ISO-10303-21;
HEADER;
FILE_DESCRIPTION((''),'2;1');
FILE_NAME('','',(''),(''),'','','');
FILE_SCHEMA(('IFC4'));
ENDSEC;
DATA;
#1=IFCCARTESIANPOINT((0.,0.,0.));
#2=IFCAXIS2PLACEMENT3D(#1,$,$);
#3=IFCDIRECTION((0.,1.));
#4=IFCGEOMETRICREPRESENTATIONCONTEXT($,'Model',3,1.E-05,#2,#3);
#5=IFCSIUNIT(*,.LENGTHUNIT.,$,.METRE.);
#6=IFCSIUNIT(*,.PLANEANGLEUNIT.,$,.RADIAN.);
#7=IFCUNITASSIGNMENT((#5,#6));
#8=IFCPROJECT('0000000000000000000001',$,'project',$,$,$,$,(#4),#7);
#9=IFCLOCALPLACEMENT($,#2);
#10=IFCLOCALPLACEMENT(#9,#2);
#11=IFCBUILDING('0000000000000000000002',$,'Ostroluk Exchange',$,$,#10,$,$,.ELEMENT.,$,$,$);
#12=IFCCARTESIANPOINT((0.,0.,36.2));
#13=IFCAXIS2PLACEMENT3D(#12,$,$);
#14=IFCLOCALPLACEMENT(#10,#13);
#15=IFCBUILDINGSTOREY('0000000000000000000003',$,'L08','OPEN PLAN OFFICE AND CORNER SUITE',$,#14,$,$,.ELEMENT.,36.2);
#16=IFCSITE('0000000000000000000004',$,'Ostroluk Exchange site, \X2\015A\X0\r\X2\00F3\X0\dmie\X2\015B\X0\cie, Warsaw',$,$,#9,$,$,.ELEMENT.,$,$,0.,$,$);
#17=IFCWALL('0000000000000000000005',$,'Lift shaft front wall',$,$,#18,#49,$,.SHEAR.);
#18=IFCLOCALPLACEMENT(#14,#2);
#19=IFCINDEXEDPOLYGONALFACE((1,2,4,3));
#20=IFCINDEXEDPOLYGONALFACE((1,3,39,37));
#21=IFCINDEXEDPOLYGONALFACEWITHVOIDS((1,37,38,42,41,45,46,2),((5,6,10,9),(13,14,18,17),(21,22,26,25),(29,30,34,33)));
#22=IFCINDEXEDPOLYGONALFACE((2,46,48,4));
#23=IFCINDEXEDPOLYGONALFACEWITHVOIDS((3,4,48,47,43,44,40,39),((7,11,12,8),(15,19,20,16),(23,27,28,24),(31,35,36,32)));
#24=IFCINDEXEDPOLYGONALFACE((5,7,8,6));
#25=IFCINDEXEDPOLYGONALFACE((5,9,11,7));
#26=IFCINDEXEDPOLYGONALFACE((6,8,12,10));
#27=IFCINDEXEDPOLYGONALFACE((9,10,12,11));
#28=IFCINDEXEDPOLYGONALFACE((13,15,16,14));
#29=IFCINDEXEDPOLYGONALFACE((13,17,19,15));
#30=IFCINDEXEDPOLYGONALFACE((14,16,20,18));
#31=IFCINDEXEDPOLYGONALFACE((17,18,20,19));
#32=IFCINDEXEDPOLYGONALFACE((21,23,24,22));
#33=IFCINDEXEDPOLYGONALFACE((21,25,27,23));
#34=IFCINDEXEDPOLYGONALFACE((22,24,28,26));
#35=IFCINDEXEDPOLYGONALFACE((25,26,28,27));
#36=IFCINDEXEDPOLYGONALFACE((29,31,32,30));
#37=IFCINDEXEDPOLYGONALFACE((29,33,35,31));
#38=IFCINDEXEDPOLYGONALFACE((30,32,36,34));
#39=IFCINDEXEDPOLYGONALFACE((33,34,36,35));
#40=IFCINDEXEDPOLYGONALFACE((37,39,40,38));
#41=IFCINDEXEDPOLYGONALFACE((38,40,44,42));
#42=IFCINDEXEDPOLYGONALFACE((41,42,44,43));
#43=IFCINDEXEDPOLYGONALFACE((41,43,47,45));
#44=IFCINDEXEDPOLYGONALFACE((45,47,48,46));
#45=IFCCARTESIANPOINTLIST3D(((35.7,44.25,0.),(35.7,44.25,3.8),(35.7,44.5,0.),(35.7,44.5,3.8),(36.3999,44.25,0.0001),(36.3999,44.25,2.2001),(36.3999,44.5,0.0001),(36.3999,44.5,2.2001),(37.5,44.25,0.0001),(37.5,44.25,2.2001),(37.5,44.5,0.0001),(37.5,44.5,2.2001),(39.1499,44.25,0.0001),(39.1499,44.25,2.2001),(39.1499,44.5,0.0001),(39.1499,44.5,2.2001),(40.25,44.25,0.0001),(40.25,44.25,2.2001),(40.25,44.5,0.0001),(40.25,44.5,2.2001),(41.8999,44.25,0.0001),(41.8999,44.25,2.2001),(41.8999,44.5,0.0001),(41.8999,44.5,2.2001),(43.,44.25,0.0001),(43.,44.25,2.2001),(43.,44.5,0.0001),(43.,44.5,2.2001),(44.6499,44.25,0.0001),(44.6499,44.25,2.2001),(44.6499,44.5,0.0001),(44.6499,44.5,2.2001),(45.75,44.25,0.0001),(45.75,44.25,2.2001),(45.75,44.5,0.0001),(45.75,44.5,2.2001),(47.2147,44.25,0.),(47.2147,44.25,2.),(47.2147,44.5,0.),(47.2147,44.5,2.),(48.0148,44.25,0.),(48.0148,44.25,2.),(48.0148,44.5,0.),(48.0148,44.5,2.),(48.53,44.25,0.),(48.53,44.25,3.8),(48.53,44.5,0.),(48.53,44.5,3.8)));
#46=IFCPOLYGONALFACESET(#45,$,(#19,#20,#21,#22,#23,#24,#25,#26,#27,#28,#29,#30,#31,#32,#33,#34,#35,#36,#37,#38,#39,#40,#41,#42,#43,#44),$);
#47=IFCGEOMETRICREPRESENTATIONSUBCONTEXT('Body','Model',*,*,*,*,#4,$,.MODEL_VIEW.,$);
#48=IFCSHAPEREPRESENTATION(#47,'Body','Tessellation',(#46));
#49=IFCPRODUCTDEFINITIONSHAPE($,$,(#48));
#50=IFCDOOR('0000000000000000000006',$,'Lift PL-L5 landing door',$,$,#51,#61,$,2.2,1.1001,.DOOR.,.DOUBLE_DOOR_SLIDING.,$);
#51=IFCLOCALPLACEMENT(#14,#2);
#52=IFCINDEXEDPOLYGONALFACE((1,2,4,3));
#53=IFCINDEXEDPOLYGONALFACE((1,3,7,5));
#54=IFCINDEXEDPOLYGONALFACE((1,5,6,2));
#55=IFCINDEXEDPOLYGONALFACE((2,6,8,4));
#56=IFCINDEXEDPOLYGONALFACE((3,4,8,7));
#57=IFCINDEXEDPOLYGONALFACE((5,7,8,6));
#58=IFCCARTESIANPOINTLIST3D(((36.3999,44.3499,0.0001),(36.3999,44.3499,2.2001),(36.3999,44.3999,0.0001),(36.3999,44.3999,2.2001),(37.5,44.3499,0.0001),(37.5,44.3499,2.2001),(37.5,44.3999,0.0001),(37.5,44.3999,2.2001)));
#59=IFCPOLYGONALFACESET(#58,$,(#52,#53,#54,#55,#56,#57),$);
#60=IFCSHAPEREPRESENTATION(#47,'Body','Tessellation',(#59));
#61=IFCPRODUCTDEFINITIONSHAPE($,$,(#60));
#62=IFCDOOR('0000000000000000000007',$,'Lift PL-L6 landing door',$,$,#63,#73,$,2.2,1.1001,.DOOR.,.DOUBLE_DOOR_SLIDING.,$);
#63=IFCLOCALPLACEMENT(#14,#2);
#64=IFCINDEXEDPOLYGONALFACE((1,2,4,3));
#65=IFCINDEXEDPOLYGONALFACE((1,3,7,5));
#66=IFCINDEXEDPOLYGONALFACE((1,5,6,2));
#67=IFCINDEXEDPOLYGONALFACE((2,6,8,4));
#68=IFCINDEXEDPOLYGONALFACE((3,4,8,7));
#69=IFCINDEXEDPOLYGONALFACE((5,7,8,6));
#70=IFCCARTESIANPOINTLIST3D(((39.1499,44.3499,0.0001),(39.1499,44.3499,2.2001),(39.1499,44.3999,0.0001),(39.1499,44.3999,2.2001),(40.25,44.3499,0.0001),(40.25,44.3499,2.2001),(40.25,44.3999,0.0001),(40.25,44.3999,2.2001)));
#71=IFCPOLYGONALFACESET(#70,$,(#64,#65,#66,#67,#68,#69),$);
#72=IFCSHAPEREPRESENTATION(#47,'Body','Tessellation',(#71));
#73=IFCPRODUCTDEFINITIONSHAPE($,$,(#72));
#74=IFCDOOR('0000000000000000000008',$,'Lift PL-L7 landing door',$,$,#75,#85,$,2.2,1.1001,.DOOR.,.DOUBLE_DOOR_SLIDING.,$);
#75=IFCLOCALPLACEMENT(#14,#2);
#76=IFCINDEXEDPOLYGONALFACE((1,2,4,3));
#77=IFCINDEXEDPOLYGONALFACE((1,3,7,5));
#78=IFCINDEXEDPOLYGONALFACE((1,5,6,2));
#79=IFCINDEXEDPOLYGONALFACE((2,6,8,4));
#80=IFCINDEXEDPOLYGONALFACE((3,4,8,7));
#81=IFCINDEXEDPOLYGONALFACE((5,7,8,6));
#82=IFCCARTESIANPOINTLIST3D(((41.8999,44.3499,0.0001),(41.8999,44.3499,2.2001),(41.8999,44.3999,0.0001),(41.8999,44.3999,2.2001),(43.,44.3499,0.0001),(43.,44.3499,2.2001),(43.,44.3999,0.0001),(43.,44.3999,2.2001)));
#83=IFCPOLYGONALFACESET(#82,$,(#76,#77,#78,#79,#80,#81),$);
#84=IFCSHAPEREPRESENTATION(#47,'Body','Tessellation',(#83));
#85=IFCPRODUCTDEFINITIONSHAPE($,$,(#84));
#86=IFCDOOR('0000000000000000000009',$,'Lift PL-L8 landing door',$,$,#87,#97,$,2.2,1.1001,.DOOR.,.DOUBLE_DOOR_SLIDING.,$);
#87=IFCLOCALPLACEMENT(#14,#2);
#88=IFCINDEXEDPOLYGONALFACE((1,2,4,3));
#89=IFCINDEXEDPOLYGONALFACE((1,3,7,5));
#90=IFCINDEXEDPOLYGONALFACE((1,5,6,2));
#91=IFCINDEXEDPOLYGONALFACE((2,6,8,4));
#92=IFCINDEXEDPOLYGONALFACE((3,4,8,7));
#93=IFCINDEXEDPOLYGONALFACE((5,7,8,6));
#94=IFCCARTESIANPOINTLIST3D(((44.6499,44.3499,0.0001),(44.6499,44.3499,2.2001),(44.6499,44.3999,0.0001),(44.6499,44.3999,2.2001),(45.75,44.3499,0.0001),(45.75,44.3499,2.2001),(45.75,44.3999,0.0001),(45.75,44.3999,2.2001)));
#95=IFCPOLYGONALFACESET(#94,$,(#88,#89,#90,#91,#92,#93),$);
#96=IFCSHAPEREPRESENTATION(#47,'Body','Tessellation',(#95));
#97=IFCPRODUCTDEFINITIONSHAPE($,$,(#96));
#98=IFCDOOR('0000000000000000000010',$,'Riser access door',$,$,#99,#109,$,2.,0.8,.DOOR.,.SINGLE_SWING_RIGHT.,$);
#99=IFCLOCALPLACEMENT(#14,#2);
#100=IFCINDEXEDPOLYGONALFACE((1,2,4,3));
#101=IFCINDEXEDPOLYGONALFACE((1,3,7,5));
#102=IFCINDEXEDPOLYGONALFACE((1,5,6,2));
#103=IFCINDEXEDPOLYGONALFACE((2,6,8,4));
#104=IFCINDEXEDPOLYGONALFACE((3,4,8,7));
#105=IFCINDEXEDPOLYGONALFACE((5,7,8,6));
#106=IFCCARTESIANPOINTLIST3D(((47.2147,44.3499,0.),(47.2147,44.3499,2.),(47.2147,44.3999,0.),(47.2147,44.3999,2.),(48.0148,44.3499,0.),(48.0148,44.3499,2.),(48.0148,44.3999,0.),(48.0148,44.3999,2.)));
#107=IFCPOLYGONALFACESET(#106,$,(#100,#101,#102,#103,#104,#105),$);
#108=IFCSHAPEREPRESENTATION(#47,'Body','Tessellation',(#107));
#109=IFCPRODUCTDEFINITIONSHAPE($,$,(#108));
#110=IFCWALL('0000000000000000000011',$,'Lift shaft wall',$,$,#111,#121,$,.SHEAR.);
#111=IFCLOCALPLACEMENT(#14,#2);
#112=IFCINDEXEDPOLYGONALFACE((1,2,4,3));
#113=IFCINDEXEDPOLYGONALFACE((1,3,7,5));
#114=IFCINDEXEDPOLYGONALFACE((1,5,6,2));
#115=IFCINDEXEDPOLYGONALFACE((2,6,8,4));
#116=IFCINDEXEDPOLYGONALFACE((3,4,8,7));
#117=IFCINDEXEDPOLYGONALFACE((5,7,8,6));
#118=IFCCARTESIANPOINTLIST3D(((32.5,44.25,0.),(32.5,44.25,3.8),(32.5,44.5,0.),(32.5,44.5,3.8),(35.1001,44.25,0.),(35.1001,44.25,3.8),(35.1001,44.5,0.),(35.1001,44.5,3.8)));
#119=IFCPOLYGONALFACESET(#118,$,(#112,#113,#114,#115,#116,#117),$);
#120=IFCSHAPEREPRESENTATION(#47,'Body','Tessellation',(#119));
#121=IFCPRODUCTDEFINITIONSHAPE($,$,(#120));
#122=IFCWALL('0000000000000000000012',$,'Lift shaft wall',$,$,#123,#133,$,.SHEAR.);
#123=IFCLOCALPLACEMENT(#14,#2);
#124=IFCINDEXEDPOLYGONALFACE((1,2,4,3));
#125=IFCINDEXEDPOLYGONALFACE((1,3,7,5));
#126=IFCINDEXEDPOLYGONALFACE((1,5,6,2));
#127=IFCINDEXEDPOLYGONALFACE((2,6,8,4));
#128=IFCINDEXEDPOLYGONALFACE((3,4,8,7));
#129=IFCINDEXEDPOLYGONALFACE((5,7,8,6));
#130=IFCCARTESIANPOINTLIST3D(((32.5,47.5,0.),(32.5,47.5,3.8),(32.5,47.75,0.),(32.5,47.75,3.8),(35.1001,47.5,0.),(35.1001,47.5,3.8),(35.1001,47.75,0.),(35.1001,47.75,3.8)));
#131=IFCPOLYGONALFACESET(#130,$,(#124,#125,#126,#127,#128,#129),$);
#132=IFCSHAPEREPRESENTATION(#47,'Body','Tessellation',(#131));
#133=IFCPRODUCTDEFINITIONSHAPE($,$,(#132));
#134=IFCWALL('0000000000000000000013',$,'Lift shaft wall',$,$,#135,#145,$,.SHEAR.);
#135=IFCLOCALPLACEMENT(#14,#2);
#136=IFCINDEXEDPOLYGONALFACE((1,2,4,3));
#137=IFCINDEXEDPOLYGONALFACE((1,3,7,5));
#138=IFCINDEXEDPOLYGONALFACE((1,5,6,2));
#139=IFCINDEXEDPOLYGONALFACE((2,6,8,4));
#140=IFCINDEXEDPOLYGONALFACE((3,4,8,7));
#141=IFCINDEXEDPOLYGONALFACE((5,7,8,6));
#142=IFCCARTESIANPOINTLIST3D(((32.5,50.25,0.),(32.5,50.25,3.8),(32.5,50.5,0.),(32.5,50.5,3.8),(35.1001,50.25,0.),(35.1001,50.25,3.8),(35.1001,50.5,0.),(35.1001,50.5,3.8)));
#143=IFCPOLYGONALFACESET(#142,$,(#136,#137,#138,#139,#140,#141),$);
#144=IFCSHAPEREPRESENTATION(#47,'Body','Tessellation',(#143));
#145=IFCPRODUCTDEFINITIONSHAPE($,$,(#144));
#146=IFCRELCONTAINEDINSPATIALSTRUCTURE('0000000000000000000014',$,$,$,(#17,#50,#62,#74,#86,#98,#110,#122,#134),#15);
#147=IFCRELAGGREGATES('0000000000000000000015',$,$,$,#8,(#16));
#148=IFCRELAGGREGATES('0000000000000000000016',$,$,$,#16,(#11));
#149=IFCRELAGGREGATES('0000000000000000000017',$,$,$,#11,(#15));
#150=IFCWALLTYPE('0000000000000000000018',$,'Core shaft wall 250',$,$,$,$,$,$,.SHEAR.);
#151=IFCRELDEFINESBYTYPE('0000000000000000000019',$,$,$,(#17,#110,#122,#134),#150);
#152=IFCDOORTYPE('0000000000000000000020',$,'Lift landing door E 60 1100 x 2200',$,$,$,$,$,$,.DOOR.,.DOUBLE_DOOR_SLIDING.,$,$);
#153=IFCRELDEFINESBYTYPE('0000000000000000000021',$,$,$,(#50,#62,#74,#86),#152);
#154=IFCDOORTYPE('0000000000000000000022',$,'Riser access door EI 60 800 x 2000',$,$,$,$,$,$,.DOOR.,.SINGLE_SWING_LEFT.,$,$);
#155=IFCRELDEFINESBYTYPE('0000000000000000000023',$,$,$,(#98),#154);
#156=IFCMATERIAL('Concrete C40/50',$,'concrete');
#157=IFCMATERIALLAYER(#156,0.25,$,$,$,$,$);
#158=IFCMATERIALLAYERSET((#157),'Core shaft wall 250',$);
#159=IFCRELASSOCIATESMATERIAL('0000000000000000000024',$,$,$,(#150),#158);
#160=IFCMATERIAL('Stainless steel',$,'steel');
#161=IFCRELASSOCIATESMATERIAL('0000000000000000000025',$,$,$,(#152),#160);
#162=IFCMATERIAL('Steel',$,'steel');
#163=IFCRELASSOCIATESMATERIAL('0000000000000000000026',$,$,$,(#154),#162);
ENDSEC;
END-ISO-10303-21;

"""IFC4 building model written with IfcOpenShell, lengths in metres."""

from ifc_helpers import new_model, si_unit, direction, frame, frame_2d, origin, place, context, subcontext, project, spatial, rectangle, extrude, material, layer, layer_set, type_object, element, fill, save


model = new_model("IFC4")

# Units and contexts
model_context = context("Model", 3, precision=1e-05, world=origin(), true_north=direction((0.0, 1.0)))
body_context = subcontext(model_context, "Body", "Model", "MODEL_VIEW")
ifc_project = project(units=[si_unit("LENGTHUNIT", "METRE"), si_unit("PLANEANGLEUNIT", "RADIAN")], contexts=[model_context])

# Site, building, storey
site_placement = place(None, origin())
site = spatial("IfcSite", under=ifc_project, at=site_placement, Name="Ostroluk Exchange site, Śródmieście, Warsaw", CompositionType="ELEMENT", RefElevation=0.0)
building_placement = place(site_placement, origin())
building = spatial("IfcBuilding", under=site, at=building_placement, Name="Ostroluk Exchange", CompositionType="ELEMENT")
storey_placement = place(building_placement, frame((0.0, 0.0, 36.2)))
storey = spatial("IfcBuildingStorey", under=building, at=storey_placement, Name="L08", Description="OPEN PLAN OFFICE AND CORNER SUITE", CompositionType="ELEMENT", Elevation=36.2)

# Shared definitions
ifc_material_1 = material(Name="Concrete C40/50", Category="concrete")
ifc_layer_1 = layer(ifc_material_1, 0.25)
ifc_layer_set_1 = layer_set([ifc_layer_1], Name="Core shaft wall 250")
wall_type_1 = type_object("IfcWallType", Name="Core shaft wall 250", PredefinedType="SHEAR", material=ifc_layer_set_1)

# Wall, openings, doors
ifc_material_2 = material(Name="Stainless steel", Category="steel")
door_type_1 = type_object("IfcDoorType", Name="Lift landing door E 60 1100 x 2200", OperationType="DOUBLE_DOOR_SLIDING", PredefinedType="DOOR", material=ifc_material_2)
ifc_material_3 = material(Name="Steel", Category="steel")
door_type_2 = type_object("IfcDoorType", Name="Riser access door EI 60 800 x 2000", OperationType="SINGLE_SWING_LEFT", PredefinedType="DOOR", material=ifc_material_3)
wall_1_placement = place(storey_placement, frame((35.7, 44.375, 0.0), z_axis=(0.0, 0.0, 1.0), x_axis=(1.0, 0.0, 0.0)))
wall_1 = element("IfcWall", 1, at=wall_1_placement, inside=storey, type_object=wall_type_1, Name="Lift shaft front wall", PredefinedType="SHEAR", context=body_context, shape_type="SweptSolid", body=[
    extrude(rectangle(XDim=12.8301, YDim=0.25, at=frame_2d((6.415, 0.0))), origin(), (0.0, 0.0, 1.0), 3.8),
])
opening_1_placement = place(wall_1_placement, frame((0.7, 0.0, 0.0)))
opening_1 = element("IfcOpeningElement", 2, at=opening_1_placement, cuts=wall_1, PredefinedType="OPENING", context=body_context, shape_type="SweptSolid", body=[
    extrude(rectangle(XDim=1.1001, YDim=2.2, at=frame_2d((0.55, 1.1001))), frame((0.0, 0.135, 0.0), z_axis=(0.0, -1.0, 0.0), x_axis=(1.0, 0.0, 0.0)), (0.0, 0.0, 1.0), 0.27),
])
opening_2_placement = place(wall_1_placement, frame((3.45, 0.0, 0.0)))
opening_2 = element("IfcOpeningElement", 3, at=opening_2_placement, cuts=wall_1, PredefinedType="OPENING", context=body_context, shape_type="SweptSolid", body=[
    extrude(rectangle(XDim=1.1001, YDim=2.2, at=frame_2d((0.55, 1.1001))), frame((0.0, 0.135, 0.0), z_axis=(0.0, -1.0, 0.0), x_axis=(1.0, 0.0, 0.0)), (0.0, 0.0, 1.0), 0.27),
])
opening_3_placement = place(wall_1_placement, frame((6.2, 0.0, 0.0)))
opening_3 = element("IfcOpeningElement", 4, at=opening_3_placement, cuts=wall_1, PredefinedType="OPENING", context=body_context, shape_type="SweptSolid", body=[
    extrude(rectangle(XDim=1.1001, YDim=2.2, at=frame_2d((0.55, 1.1001))), frame((0.0, 0.135, 0.0), z_axis=(0.0, -1.0, 0.0), x_axis=(1.0, 0.0, 0.0)), (0.0, 0.0, 1.0), 0.27),
])
opening_4_placement = place(wall_1_placement, frame((8.95, 0.0, 0.0)))
opening_4 = element("IfcOpeningElement", 5, at=opening_4_placement, cuts=wall_1, PredefinedType="OPENING", context=body_context, shape_type="SweptSolid", body=[
    extrude(rectangle(XDim=1.1001, YDim=2.2, at=frame_2d((0.55, 1.1001))), frame((0.0, 0.135, 0.0), z_axis=(0.0, -1.0, 0.0), x_axis=(1.0, 0.0, 0.0)), (0.0, 0.0, 1.0), 0.27),
])
opening_5_placement = place(wall_1_placement, frame((11.5149, 0.0, 0.0)))
opening_5 = element("IfcOpeningElement", 6, at=opening_5_placement, cuts=wall_1, PredefinedType="OPENING", context=body_context, shape_type="SweptSolid", body=[
    extrude(rectangle(XDim=0.8, YDim=2.0, at=frame_2d((0.3999, 1.0))), frame((0.0, 0.135, 0.0), z_axis=(0.0, -1.0, 0.0), x_axis=(1.0, 0.0, 0.0)), (0.0, 0.0, 1.0), 0.27),
])
door_1_placement = place(opening_1_placement, origin())
door_1 = element("IfcDoor", 7, at=door_1_placement, inside=storey, type_object=door_type_1, Name="Lift PL-L5 landing door", OperationType="DOUBLE_DOOR_SLIDING", OverallHeight=2.2, OverallWidth=1.1001, PredefinedType="DOOR", context=body_context, shape_type="SweptSolid", body=[
    extrude(rectangle(XDim=1.1001, YDim=2.2, at=frame_2d((0.55, 1.1001))), frame((0.0, 0.0249, 0.0), z_axis=(0.0, -1.0, 0.0), x_axis=(1.0, 0.0, 0.0)), (0.0, 0.0, 1.0), 0.05),
])
fill(opening_1, door_1)
door_2_placement = place(opening_2_placement, origin())
door_2 = element("IfcDoor", 8, at=door_2_placement, inside=storey, type_object=door_type_1, Name="Lift PL-L6 landing door", OperationType="DOUBLE_DOOR_SLIDING", OverallHeight=2.2, OverallWidth=1.1001, PredefinedType="DOOR", context=body_context, shape_type="SweptSolid", body=[
    extrude(rectangle(XDim=1.1001, YDim=2.2, at=frame_2d((0.55, 1.1001))), frame((0.0, 0.0249, 0.0), z_axis=(0.0, -1.0, 0.0), x_axis=(1.0, 0.0, 0.0)), (0.0, 0.0, 1.0), 0.05),
])
fill(opening_2, door_2)
door_3_placement = place(opening_3_placement, origin())
door_3 = element("IfcDoor", 9, at=door_3_placement, inside=storey, type_object=door_type_1, Name="Lift PL-L7 landing door", OperationType="DOUBLE_DOOR_SLIDING", OverallHeight=2.2, OverallWidth=1.1001, PredefinedType="DOOR", context=body_context, shape_type="SweptSolid", body=[
    extrude(rectangle(XDim=1.1001, YDim=2.2, at=frame_2d((0.55, 1.1001))), frame((0.0, 0.0249, 0.0), z_axis=(0.0, -1.0, 0.0), x_axis=(1.0, 0.0, 0.0)), (0.0, 0.0, 1.0), 0.05),
])
fill(opening_3, door_3)
door_4_placement = place(opening_4_placement, origin())
door_4 = element("IfcDoor", 10, at=door_4_placement, inside=storey, type_object=door_type_1, Name="Lift PL-L8 landing door", OperationType="DOUBLE_DOOR_SLIDING", OverallHeight=2.2, OverallWidth=1.1001, PredefinedType="DOOR", context=body_context, shape_type="SweptSolid", body=[
    extrude(rectangle(XDim=1.1001, YDim=2.2, at=frame_2d((0.55, 1.1001))), frame((0.0, 0.0249, 0.0), z_axis=(0.0, -1.0, 0.0), x_axis=(1.0, 0.0, 0.0)), (0.0, 0.0, 1.0), 0.05),
])
fill(opening_4, door_4)
door_5_placement = place(opening_5_placement, origin())
door_5 = element("IfcDoor", 11, at=door_5_placement, inside=storey, type_object=door_type_2, Name="Riser access door", OperationType="SINGLE_SWING_RIGHT", OverallHeight=2.0, OverallWidth=0.8, PredefinedType="DOOR", context=body_context, shape_type="SweptSolid", body=[
    extrude(rectangle(XDim=0.8, YDim=2.0, at=frame_2d((0.3999, 1.0))), frame((0.0, 0.0249, 0.0), z_axis=(0.0, -1.0, 0.0), x_axis=(1.0, 0.0, 0.0)), (0.0, 0.0, 1.0), 0.05),
])
fill(opening_5, door_5)

# Walls
for number, where, z_axis, x_axis, name in (
    (12, (32.5, 44.375, 0.0), (0.0, 0.0, 1.0), (1.0, 0.0, 0.0), "Lift shaft wall"),
    (13, (32.5, 47.625, 0.0), (0.0, 0.0, 1.0), (1.0, 0.0, 0.0), "Lift shaft wall"),
    (14, (32.5, 50.375, 0.0), (0.0, 0.0, 1.0), (1.0, 0.0, 0.0), "Lift shaft wall"),
):
    element("IfcWall", number, at=place(storey_placement, frame(where, z_axis=z_axis, x_axis=x_axis)), inside=storey, type_object=wall_type_1, Name=name, PredefinedType="SHEAR", context=body_context, shape_type="SweptSolid", body=[
        extrude(rectangle(XDim=2.6001, YDim=0.25, at=frame_2d((1.3, 0.0))), origin(), (0.0, 0.0, 1.0), 3.8),
    ])

save(model, "model.ifc")
